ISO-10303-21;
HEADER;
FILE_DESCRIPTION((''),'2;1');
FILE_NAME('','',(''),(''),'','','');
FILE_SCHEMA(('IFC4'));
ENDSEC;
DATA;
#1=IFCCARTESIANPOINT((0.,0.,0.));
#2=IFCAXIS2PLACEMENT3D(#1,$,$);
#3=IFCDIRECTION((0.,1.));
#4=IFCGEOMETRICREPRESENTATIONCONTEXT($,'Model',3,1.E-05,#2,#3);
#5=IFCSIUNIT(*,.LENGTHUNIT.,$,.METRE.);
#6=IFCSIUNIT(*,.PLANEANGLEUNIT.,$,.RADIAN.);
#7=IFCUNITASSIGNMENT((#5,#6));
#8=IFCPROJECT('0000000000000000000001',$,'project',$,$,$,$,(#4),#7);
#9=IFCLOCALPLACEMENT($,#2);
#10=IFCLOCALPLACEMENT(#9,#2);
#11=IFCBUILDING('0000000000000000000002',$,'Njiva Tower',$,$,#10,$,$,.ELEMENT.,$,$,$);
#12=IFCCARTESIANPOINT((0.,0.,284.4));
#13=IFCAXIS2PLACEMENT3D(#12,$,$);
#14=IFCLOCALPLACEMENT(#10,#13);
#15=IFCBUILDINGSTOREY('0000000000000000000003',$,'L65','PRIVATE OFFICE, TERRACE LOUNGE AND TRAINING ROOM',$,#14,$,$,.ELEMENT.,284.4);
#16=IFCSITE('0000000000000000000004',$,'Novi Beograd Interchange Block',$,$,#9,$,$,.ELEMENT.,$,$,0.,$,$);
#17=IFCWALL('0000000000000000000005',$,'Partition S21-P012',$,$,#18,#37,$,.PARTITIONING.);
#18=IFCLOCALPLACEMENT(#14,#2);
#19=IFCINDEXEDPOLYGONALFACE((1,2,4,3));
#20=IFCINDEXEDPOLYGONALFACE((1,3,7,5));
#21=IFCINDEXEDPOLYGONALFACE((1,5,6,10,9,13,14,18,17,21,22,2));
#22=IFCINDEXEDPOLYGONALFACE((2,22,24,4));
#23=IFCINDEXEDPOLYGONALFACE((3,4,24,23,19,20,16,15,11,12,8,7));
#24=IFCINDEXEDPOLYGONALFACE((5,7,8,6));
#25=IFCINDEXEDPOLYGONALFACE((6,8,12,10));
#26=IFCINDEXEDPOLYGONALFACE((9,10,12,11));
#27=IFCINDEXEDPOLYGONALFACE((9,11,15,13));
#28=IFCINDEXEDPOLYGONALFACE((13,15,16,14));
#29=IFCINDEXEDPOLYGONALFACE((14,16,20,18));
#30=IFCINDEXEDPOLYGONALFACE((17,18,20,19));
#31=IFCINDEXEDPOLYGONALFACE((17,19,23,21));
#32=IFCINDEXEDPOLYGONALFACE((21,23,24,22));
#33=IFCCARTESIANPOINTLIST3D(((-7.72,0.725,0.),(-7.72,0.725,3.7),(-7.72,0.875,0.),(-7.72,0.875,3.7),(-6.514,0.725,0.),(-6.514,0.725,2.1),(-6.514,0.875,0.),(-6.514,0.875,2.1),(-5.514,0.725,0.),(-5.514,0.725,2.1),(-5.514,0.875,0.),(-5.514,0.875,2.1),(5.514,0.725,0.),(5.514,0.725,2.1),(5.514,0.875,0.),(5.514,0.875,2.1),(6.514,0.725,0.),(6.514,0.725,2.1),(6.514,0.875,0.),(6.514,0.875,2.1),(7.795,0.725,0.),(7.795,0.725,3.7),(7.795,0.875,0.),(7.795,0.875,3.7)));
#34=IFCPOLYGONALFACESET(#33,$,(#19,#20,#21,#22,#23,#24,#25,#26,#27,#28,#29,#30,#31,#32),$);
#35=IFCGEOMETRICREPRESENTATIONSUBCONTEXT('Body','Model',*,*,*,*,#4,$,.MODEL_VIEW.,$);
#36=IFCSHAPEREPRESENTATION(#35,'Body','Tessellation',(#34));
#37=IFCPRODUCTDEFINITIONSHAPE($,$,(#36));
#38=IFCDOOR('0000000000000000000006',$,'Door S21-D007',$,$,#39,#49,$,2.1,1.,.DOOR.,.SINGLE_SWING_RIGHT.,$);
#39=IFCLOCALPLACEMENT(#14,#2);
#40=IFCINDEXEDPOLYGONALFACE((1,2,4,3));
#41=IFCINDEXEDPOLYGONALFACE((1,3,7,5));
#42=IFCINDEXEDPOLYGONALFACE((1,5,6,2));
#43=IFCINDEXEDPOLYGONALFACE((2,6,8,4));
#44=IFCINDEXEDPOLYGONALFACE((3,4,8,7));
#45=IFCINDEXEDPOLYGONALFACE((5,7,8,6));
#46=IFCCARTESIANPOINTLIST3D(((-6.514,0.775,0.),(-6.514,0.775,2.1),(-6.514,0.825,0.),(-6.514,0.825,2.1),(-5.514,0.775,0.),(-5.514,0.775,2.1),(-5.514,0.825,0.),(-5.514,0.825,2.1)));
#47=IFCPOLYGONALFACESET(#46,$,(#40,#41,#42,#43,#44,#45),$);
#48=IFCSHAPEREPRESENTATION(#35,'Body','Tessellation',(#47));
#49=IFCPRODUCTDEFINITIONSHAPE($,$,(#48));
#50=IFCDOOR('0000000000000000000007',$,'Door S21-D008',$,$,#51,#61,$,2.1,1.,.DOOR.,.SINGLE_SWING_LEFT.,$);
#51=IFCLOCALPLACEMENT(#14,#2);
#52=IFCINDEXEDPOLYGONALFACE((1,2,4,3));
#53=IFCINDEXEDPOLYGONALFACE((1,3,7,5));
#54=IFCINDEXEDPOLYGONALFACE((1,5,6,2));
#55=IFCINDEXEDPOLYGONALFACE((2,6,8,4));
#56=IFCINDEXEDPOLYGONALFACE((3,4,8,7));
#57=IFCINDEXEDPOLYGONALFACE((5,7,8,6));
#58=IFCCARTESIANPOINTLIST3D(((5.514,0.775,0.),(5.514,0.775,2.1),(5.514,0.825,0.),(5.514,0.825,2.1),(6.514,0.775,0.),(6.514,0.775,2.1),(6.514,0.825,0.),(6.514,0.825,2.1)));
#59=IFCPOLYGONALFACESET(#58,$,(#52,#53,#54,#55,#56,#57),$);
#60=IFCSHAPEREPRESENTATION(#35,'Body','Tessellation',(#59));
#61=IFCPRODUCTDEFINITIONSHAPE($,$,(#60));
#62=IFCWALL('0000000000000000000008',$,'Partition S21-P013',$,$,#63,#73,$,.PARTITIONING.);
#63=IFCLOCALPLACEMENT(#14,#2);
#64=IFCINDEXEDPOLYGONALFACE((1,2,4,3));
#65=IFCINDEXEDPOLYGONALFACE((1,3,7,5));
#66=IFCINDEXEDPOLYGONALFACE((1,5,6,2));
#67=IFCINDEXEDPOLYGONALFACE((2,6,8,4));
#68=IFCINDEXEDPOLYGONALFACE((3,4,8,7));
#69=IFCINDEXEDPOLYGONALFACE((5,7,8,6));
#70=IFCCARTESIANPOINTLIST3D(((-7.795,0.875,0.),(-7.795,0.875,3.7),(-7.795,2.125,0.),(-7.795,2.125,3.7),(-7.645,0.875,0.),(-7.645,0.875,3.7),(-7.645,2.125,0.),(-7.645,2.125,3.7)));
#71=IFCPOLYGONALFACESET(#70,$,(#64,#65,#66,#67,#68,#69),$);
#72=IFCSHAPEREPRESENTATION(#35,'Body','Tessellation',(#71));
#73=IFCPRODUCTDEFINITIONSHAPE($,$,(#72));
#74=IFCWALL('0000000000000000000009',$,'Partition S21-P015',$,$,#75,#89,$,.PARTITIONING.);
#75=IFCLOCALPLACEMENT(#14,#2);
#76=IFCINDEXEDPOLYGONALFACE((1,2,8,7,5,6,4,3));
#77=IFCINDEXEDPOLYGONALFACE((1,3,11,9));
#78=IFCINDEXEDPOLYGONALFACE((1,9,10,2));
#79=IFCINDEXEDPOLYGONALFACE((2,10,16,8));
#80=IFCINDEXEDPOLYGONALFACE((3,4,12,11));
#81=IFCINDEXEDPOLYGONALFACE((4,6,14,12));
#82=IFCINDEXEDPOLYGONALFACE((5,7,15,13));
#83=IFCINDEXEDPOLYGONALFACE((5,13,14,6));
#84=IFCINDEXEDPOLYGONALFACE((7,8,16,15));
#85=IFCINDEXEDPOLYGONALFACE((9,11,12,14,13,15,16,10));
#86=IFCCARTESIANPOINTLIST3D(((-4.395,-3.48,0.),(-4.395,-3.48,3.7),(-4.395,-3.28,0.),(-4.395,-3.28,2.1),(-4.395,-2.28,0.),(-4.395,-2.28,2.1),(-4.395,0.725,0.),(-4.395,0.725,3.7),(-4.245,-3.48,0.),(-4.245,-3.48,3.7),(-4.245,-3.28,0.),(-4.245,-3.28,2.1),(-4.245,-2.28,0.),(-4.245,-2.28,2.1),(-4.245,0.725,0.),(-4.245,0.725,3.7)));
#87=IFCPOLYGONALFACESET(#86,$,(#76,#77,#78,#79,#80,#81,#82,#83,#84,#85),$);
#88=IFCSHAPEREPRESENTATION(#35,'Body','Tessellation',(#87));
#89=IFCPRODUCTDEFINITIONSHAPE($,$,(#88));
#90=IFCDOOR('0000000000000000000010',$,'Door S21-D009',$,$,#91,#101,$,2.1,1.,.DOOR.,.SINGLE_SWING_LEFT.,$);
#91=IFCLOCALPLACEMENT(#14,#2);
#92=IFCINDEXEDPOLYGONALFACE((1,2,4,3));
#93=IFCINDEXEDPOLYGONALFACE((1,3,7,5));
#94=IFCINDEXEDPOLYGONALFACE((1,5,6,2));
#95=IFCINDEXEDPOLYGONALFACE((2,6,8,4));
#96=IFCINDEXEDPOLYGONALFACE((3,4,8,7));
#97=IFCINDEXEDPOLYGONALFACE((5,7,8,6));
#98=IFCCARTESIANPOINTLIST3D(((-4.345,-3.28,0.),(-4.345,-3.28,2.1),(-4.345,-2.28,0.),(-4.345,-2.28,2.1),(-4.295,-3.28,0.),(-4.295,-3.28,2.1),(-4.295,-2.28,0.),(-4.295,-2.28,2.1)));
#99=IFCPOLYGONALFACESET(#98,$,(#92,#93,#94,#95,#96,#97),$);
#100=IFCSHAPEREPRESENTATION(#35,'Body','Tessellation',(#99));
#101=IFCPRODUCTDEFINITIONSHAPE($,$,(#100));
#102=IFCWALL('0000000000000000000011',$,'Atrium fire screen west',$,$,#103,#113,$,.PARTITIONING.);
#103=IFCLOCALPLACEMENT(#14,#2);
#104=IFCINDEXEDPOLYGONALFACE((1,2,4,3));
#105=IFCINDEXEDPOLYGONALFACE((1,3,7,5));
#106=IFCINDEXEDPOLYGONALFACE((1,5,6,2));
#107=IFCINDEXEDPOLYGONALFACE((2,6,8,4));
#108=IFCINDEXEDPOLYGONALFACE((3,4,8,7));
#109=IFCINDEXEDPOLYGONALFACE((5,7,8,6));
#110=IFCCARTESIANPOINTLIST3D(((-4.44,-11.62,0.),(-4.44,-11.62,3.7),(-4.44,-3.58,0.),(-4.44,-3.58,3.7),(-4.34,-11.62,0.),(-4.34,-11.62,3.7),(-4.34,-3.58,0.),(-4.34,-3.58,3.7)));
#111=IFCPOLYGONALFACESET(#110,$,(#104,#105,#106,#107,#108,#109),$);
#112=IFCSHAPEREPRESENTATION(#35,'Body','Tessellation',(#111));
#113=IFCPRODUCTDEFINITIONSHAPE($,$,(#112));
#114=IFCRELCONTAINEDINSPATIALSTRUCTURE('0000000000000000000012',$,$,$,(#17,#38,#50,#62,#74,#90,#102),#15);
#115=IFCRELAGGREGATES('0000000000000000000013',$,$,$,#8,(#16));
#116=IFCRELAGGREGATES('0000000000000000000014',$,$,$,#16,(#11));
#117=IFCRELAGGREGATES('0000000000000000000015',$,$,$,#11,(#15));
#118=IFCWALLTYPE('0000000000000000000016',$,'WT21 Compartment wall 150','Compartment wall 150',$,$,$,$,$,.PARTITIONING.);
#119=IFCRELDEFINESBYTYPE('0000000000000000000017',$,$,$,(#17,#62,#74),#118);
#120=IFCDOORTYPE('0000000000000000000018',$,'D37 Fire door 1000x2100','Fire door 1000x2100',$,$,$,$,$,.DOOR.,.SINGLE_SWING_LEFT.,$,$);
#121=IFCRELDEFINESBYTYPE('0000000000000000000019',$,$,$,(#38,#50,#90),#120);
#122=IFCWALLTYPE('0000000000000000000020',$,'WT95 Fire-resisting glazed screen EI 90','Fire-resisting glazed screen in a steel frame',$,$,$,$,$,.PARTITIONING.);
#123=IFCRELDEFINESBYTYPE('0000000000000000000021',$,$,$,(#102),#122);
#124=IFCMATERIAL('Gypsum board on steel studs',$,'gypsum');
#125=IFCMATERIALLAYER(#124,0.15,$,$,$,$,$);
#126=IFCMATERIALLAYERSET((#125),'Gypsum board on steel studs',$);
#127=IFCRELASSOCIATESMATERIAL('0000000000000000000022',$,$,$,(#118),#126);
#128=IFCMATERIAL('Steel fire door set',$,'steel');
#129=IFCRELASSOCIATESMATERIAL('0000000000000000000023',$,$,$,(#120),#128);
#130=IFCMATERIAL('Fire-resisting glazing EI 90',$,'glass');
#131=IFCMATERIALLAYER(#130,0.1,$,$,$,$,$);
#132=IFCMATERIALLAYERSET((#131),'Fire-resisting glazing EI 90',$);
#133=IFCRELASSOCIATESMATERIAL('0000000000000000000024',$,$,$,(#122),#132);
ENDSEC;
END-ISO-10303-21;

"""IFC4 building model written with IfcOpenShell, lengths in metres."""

from ifc_helpers import new_model, si_unit, direction, frame, frame_2d, origin, place, context, subcontext, project, spatial, rectangle, extrude, material, layer, layer_set, type_object, element, fill, save


model = new_model("IFC4")

# Units and contexts
model_context = context("Model", 3, precision=1e-05, world=origin(), true_north=direction((0.0, 1.0)))
body_context = subcontext(model_context, "Body", "Model", "MODEL_VIEW")
ifc_project = project(units=[si_unit("LENGTHUNIT", "METRE"), si_unit("PLANEANGLEUNIT", "RADIAN")], contexts=[model_context])

# Site, building, storey
site_placement = place(None, origin())
site = spatial("IfcSite", under=ifc_project, at=site_placement, Name="Novi Beograd Interchange Block", CompositionType="ELEMENT", RefElevation=0.0)
building_placement = place(site_placement, origin())
building = spatial("IfcBuilding", under=site, at=building_placement, Name="Njiva Tower", CompositionType="ELEMENT")
storey_placement = place(building_placement, frame((0.0, 0.0, 284.4)))
storey = spatial("IfcBuildingStorey", under=building, at=storey_placement, Name="L65", Description="PRIVATE OFFICE, TERRACE LOUNGE AND TRAINING ROOM", CompositionType="ELEMENT", Elevation=284.4)

# Shared definitions
ifc_material_1 = material(Name="Gypsum board on steel studs", Category="gypsum")
ifc_layer_1 = layer(ifc_material_1, 0.15)
ifc_layer_set_1 = layer_set([ifc_layer_1], Name="Gypsum board on steel studs")
wall_type_1 = type_object("IfcWallType", Name="WT21 Compartment wall 150", Description="Compartment wall 150", PredefinedType="PARTITIONING", material=ifc_layer_set_1)

# Wall, openings, doors
wall_1_placement = place(storey_placement, frame((-7.72, 0.8, 0.0), z_axis=(0.0, 0.0, 1.0), x_axis=(1.0, 0.0, 0.0)))
wall_1 = element("IfcWall", 1, at=wall_1_placement, inside=storey, type_object=wall_type_1, Name="Partition S21-P012", PredefinedType="PARTITIONING", context=body_context, shape_type="SweptSolid", body=[
    extrude(rectangle(XDim=15.515, YDim=0.15, at=frame_2d((7.7575, 0.0))), origin(), (0.0, 0.0, 1.0), 3.7),
])
opening_1_placement = place(wall_1_placement, frame((1.206, 0.0, 0.0)))
opening_1 = element("IfcOpeningElement", 2, at=opening_1_placement, cuts=wall_1, PredefinedType="OPENING", context=body_context, shape_type="SweptSolid", body=[
    extrude(rectangle(XDim=1.0, YDim=2.1, at=frame_2d((0.5, 1.05))), frame((0.0, 0.085, 0.0), z_axis=(0.0, -1.0, 0.0), x_axis=(1.0, 0.0, 0.0)), (0.0, 0.0, 1.0), 0.17),
])
opening_2_placement = place(wall_1_placement, frame((13.234, 0.0, 0.0)))
opening_2 = element("IfcOpeningElement", 3, at=opening_2_placement, cuts=wall_1, PredefinedType="OPENING", context=body_context, shape_type="SweptSolid", body=[
    extrude(rectangle(XDim=1.0, YDim=2.1, at=frame_2d((0.5, 1.05))), frame((0.0, 0.085, 0.0), z_axis=(0.0, -1.0, 0.0), x_axis=(1.0, 0.0, 0.0)), (0.0, 0.0, 1.0), 0.17),
])
ifc_material_2 = material(Name="Steel fire door set", Category="steel")
door_type = type_object("IfcDoorType", Name="D37 Fire door 1000x2100", Description="Fire door 1000x2100", OperationType="SINGLE_SWING_LEFT", PredefinedType="DOOR", material=ifc_material_2)
door_1_placement = place(opening_1_placement, origin())
door_1 = element("IfcDoor", 4, at=door_1_placement, inside=storey, type_object=door_type, Name="Door S21-D007", OperationType="SINGLE_SWING_RIGHT", OverallHeight=2.1, OverallWidth=1.0, PredefinedType="DOOR", context=body_context, shape_type="SweptSolid", body=[
    extrude(rectangle(XDim=1.0, YDim=2.1, at=frame_2d((0.5, 1.05))), frame((0.0, 0.025, 0.0), z_axis=(0.0, -1.0, 0.0), x_axis=(1.0, 0.0, 0.0)), (0.0, 0.0, 1.0), 0.05),
])
fill(opening_1, door_1)
door_2_placement = place(opening_2_placement, origin())
door_2 = element("IfcDoor", 5, at=door_2_placement, inside=storey, type_object=door_type, Name="Door S21-D008", OperationType="SINGLE_SWING_LEFT", OverallHeight=2.1, OverallWidth=1.0, PredefinedType="DOOR", context=body_context, shape_type="SweptSolid", body=[
    extrude(rectangle(XDim=1.0, YDim=2.1, at=frame_2d((0.5, 1.05))), frame((0.0, 0.025, 0.0), z_axis=(0.0, -1.0, 0.0), x_axis=(1.0, 0.0, 0.0)), (0.0, 0.0, 1.0), 0.05),
])
fill(opening_2, door_2)

# Wall
wall_2_placement = place(storey_placement, frame((-7.72, 0.875, 0.0), z_axis=(0.0, 0.0, 1.0), x_axis=(0.0, 1.0, 0.0)))
element("IfcWall", 6, at=wall_2_placement, inside=storey, type_object=wall_type_1, Name="Partition S21-P013", PredefinedType="PARTITIONING", context=body_context, shape_type="SweptSolid", body=[
    extrude(rectangle(XDim=1.25, YDim=0.15, at=frame_2d((0.625, 0.0))), origin(), (0.0, 0.0, 1.0), 3.7),
])

# Wall, opening, door
wall_3_placement = place(storey_placement, frame((-4.32, -3.48, 0.0), z_axis=(0.0, 0.0, 1.0), x_axis=(0.0, 1.0, 0.0)))
wall_3 = element("IfcWall", 7, at=wall_3_placement, inside=storey, type_object=wall_type_1, Name="Partition S21-P015", PredefinedType="PARTITIONING", context=body_context, shape_type="SweptSolid", body=[
    extrude(rectangle(XDim=4.205, YDim=0.15, at=frame_2d((2.1025, 0.0))), origin(), (0.0, 0.0, 1.0), 3.7),
])
opening_3_placement = place(wall_3_placement, frame((0.2, 0.0, 0.0)))
opening_3 = element("IfcOpeningElement", 8, at=opening_3_placement, cuts=wall_3, PredefinedType="OPENING", context=body_context, shape_type="SweptSolid", body=[
    extrude(rectangle(XDim=1.0, YDim=2.1, at=frame_2d((0.5, 1.05))), frame((0.0, 0.085, 0.0), z_axis=(0.0, -1.0, 0.0), x_axis=(1.0, 0.0, 0.0)), (0.0, 0.0, 1.0), 0.17),
])
door_3_placement = place(opening_3_placement, origin())
door_3 = element("IfcDoor", 9, at=door_3_placement, inside=storey, type_object=door_type, Name="Door S21-D009", OperationType="SINGLE_SWING_LEFT", OverallHeight=2.1, OverallWidth=1.0, PredefinedType="DOOR", context=body_context, shape_type="SweptSolid", body=[
    extrude(rectangle(XDim=1.0, YDim=2.1, at=frame_2d((0.5, 1.05))), frame((0.0, 0.025, 0.0), z_axis=(0.0, -1.0, 0.0), x_axis=(1.0, 0.0, 0.0)), (0.0, 0.0, 1.0), 0.05),
])
fill(opening_3, door_3)

# Wall
ifc_material_3 = material(Name="Fire-resisting glazing EI 90", Category="glass")
ifc_layer_2 = layer(ifc_material_3, 0.1)
ifc_layer_set_2 = layer_set([ifc_layer_2], Name="Fire-resisting glazing EI 90")
wall_type_2 = type_object("IfcWallType", Name="WT95 Fire-resisting glazed screen EI 90", Description="Fire-resisting glazed screen in a steel frame", PredefinedType="PARTITIONING", material=ifc_layer_set_2)
wall_4_placement = place(storey_placement, frame((-4.39, -3.58, 0.0), z_axis=(0.0, 0.0, 1.0), x_axis=(0.0, -1.0, 0.0)))
element("IfcWall", 10, at=wall_4_placement, inside=storey, type_object=wall_type_2, Name="Atrium fire screen west", PredefinedType="PARTITIONING", context=body_context, shape_type="SweptSolid", body=[
    extrude(rectangle(XDim=8.04, YDim=0.1, at=frame_2d((4.02, 0.0))), origin(), (0.0, 0.0, 1.0), 3.7),
])

save(model, "model.ifc")
